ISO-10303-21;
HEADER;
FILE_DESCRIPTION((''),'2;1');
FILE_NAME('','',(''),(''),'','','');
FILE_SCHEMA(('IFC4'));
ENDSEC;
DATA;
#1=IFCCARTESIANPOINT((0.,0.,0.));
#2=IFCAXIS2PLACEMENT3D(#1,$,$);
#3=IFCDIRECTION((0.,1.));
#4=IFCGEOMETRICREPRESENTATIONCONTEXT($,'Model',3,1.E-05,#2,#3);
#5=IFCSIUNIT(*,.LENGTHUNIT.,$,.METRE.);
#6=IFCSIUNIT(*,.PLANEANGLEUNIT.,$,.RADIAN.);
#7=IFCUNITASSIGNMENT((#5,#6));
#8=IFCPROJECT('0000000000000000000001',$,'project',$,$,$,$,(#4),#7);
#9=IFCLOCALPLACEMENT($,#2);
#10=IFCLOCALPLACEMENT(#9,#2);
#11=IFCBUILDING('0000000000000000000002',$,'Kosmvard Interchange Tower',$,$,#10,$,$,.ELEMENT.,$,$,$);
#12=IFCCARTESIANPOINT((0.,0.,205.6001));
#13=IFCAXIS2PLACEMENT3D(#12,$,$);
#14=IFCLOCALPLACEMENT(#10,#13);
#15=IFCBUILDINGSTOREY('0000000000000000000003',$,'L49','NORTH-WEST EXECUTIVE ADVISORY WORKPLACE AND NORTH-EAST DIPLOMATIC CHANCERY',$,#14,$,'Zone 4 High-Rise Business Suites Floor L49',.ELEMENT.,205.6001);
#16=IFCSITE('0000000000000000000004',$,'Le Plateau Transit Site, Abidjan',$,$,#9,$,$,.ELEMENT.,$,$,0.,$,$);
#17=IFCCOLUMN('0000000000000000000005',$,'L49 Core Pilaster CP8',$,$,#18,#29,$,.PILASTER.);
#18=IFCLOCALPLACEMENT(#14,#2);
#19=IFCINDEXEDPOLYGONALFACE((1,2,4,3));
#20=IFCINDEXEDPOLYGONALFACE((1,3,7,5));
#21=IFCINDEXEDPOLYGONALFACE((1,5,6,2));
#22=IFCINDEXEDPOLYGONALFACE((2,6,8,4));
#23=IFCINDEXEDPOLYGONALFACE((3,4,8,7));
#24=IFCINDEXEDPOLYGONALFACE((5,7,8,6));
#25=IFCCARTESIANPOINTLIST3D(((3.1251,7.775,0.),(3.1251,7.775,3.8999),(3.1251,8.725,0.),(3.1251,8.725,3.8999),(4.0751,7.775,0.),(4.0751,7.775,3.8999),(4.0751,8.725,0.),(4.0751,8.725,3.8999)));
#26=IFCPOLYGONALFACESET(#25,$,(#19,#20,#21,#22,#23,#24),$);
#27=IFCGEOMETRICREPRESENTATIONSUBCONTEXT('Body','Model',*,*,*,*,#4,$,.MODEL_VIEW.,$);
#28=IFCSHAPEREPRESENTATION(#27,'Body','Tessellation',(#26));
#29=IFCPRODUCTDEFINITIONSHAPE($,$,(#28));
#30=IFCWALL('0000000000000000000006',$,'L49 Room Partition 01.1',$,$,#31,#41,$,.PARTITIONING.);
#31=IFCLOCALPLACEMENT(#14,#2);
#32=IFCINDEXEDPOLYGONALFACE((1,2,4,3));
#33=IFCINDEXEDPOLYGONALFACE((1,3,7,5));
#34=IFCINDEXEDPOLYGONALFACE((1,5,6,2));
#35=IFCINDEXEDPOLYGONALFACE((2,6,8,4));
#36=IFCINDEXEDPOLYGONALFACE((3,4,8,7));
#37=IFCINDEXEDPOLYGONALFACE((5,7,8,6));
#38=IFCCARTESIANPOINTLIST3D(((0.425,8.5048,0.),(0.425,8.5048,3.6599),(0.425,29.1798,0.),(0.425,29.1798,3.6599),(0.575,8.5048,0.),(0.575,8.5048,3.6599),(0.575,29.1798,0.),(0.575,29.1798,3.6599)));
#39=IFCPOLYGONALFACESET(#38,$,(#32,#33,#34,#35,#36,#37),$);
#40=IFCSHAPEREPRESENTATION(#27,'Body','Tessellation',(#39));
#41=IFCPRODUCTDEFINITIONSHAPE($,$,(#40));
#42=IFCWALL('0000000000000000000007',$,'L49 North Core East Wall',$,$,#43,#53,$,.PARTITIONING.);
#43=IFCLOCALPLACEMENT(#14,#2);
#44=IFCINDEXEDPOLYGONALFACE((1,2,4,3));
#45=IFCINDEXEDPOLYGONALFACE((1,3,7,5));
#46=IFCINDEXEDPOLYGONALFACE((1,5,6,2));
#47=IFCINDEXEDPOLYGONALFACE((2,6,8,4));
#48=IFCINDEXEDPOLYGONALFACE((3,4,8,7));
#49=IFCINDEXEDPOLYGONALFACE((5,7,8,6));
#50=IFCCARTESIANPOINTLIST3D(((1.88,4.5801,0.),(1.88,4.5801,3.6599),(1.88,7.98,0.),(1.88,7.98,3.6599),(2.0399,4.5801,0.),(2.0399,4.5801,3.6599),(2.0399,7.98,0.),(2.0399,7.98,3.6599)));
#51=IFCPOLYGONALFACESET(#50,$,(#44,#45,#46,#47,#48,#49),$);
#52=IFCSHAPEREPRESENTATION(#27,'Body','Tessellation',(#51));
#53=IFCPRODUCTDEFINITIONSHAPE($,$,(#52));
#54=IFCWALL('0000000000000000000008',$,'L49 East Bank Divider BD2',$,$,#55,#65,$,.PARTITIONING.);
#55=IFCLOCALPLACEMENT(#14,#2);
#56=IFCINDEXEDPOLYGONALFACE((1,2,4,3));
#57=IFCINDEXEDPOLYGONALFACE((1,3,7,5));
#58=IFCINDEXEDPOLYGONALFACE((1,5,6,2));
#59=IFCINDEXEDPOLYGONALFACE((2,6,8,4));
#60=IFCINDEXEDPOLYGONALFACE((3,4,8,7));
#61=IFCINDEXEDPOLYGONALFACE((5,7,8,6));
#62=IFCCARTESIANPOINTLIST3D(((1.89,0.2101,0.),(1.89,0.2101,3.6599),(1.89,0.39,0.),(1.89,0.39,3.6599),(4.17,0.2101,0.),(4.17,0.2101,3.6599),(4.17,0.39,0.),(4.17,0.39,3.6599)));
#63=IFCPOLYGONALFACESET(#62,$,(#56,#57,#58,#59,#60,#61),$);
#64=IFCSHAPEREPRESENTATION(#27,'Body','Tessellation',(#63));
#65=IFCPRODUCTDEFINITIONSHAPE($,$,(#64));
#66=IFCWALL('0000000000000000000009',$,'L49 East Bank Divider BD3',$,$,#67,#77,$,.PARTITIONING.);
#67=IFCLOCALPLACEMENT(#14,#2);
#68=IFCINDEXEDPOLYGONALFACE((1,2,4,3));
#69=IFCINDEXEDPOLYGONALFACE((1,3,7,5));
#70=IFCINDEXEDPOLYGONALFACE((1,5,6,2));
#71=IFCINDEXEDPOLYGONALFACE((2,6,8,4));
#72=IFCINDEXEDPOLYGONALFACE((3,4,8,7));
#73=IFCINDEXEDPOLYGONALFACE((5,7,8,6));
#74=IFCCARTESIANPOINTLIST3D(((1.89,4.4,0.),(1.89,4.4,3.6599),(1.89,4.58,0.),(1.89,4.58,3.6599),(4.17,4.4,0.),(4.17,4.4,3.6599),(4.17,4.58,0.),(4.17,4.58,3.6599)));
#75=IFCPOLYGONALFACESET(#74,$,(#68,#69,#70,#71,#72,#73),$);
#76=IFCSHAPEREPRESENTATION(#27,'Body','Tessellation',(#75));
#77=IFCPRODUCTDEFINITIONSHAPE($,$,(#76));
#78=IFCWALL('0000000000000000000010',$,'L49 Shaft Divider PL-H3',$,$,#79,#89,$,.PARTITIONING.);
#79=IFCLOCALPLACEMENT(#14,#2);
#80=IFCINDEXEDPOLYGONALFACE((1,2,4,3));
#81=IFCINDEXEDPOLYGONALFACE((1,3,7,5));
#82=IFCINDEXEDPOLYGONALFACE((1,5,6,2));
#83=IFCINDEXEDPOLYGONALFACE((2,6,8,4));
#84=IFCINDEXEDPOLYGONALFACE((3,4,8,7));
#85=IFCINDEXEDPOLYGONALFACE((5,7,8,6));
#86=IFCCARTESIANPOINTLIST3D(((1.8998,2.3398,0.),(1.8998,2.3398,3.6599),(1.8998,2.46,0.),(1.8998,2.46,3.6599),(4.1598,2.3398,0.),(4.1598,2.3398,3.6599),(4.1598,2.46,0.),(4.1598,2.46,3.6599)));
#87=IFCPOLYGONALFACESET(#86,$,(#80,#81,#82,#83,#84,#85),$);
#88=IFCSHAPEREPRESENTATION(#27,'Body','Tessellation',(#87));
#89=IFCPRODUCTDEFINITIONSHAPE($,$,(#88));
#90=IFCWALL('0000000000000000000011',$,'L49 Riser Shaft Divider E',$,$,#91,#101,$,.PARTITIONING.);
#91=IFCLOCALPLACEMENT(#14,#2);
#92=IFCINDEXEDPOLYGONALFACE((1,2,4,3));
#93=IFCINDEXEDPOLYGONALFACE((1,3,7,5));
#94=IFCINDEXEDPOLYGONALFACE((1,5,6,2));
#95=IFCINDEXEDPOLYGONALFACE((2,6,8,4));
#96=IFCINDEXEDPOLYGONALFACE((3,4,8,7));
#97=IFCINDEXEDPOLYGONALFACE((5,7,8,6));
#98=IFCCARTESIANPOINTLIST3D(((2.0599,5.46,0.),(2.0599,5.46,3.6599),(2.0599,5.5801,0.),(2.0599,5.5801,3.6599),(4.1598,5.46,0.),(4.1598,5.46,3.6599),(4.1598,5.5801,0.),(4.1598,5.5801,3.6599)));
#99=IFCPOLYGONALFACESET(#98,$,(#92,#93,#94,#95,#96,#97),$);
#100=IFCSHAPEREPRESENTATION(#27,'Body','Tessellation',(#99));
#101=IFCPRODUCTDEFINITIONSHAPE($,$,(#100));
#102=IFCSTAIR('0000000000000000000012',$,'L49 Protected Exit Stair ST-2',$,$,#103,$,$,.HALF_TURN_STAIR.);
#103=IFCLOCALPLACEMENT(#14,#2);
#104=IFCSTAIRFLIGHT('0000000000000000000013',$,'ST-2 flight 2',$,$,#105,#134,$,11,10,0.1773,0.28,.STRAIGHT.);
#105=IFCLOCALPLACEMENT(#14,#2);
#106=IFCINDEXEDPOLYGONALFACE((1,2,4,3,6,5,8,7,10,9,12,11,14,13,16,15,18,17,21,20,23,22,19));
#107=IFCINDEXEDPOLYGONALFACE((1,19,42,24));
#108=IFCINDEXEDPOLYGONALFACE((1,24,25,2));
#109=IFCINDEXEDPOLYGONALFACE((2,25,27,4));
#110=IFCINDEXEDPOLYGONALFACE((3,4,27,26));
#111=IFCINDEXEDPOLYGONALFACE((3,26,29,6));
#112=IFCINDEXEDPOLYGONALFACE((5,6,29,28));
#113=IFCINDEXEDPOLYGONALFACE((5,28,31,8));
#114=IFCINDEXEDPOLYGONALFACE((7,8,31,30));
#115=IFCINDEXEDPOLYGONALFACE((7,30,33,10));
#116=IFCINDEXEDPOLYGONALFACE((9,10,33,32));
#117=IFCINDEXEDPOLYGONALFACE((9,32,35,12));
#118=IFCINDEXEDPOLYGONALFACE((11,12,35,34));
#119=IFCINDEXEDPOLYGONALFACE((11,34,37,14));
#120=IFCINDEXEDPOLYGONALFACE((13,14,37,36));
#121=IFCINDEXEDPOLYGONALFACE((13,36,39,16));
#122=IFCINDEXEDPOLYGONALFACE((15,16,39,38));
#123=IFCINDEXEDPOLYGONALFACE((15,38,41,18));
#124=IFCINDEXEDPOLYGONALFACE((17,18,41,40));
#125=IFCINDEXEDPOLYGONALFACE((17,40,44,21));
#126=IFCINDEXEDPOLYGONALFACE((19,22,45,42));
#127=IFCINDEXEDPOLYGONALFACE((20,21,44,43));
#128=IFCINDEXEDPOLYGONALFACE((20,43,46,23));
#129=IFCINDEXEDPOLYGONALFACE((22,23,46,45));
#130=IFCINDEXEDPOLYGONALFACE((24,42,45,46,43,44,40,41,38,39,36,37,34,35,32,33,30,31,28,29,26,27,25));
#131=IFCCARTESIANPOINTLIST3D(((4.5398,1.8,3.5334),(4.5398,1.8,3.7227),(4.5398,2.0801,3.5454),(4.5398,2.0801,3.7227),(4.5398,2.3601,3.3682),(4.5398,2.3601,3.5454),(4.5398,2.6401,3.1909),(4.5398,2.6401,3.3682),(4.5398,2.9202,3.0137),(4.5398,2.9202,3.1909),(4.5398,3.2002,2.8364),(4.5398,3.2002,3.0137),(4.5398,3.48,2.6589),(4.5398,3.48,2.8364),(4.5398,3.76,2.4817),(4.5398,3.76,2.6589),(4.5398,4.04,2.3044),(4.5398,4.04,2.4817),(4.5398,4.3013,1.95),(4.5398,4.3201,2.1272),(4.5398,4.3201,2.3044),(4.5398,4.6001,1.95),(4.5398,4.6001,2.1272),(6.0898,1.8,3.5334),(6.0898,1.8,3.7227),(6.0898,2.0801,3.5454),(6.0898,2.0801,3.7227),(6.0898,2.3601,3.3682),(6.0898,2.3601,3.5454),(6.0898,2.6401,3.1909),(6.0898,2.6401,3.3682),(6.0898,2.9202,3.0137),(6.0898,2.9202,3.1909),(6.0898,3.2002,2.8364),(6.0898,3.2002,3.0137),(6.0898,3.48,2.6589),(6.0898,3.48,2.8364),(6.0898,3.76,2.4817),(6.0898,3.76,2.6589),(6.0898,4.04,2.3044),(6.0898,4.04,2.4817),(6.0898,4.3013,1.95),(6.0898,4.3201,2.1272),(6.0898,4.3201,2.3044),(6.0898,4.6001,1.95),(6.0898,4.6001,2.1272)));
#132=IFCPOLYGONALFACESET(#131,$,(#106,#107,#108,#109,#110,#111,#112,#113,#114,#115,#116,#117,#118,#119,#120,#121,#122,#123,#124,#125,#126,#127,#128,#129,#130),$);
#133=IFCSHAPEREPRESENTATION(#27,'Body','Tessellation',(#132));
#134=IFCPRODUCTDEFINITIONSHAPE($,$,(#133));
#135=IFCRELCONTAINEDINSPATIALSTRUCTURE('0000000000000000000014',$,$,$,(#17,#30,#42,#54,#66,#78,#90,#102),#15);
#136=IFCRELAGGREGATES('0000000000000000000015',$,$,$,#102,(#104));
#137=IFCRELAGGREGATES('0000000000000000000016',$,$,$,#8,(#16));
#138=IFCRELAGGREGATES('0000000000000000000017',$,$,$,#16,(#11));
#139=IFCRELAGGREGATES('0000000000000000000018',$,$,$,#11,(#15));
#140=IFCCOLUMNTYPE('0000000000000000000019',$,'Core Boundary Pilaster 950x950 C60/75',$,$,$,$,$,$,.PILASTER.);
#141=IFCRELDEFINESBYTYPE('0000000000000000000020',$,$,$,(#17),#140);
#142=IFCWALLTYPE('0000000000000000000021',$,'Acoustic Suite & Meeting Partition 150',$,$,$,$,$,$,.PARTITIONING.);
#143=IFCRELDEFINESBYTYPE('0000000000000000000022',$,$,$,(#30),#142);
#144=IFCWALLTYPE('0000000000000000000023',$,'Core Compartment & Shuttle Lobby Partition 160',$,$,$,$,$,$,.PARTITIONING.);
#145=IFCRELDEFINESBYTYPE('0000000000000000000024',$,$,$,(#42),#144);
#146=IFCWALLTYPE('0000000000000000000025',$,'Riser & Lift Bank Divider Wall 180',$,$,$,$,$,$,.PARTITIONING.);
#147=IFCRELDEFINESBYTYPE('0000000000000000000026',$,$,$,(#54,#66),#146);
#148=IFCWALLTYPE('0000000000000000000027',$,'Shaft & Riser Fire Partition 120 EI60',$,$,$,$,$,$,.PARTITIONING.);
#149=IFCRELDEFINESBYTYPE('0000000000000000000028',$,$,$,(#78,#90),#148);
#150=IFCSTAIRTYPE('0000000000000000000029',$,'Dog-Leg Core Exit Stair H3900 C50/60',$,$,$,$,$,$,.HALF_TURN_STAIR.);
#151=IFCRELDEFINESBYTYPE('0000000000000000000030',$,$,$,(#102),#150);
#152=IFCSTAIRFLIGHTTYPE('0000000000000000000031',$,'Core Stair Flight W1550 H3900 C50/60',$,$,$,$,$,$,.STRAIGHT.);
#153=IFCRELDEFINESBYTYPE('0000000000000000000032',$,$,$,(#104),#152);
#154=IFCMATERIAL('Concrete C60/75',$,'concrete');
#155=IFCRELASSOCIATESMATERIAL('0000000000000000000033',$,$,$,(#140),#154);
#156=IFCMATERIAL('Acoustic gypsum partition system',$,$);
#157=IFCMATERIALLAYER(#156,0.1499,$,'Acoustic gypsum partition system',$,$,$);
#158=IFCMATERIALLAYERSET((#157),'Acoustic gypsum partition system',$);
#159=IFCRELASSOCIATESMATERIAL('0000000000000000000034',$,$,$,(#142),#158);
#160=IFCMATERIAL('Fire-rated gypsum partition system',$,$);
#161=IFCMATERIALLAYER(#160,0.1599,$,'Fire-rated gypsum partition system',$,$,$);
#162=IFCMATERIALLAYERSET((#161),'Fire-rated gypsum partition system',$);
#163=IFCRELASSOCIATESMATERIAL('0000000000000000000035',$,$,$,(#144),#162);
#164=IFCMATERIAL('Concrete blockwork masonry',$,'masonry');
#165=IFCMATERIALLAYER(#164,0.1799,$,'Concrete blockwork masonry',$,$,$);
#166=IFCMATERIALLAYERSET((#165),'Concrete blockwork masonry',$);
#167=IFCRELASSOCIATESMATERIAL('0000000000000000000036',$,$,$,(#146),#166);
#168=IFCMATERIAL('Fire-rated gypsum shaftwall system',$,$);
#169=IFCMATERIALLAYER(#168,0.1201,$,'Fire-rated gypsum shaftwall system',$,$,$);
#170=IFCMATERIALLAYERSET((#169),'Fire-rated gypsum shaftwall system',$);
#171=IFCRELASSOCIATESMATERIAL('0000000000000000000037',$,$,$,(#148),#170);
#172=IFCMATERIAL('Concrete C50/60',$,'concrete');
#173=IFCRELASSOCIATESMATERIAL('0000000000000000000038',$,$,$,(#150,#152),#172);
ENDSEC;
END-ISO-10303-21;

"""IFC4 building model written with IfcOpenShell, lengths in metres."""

from ifc_helpers import new_model, si_unit, direction, frame, frame_2d, origin, origin_2d, place, context, subcontext, project, spatial, polyline, rectangle, outline, extrude, source, transform, mapped, material, layer, layer_set, material_profile, profile_set, type_object, element, aggregate, save


model = new_model("IFC4")

# Units and contexts
model_context = context("Model", 3, precision=1e-05, world=origin(), true_north=direction((0.0, 1.0)))
body_context = subcontext(model_context, "Body", "Model", "MODEL_VIEW")
ifc_project = project(units=[si_unit("LENGTHUNIT", "METRE"), si_unit("PLANEANGLEUNIT", "RADIAN")], contexts=[model_context])

# Site, building, storey
site_placement = place(None, origin())
site = spatial("IfcSite", under=ifc_project, at=site_placement, Name="Le Plateau Transit Site, Abidjan", CompositionType="ELEMENT", RefElevation=0.0)
building_placement = place(site_placement, origin())
building = spatial("IfcBuilding", under=site, at=building_placement, Name="Kosmvard Interchange Tower", CompositionType="ELEMENT")
storey_placement = place(building_placement, frame((0.0, 0.0, 205.6001)))
storey = spatial("IfcBuildingStorey", under=building, at=storey_placement, Name="L49", Description="NORTH-WEST EXECUTIVE ADVISORY WORKPLACE AND NORTH-EAST DIPLOMATIC CHANCERY", LongName="Zone 4 High-Rise Business Suites Floor L49", CompositionType="ELEMENT", Elevation=205.6001)

# Column
ifc_material_1 = material(Name="Concrete C60/75", Category="concrete")
ifc_material_profile = material_profile(ifc_material_1, rectangle(XDim=0.95, YDim=0.95, at=origin_2d()), Name="CP 950x950")
ifc_profile_set = profile_set([ifc_material_profile], Name="Concrete C60/75")
column_type = type_object("IfcColumnType", Name="Core Boundary Pilaster 950x950 C60/75", PredefinedType="PILASTER", material=ifc_profile_set)
shared_shape_1 = source(origin(), body_context, "Body", "SweptSolid", [
    extrude(rectangle(XDim=0.95, YDim=0.95, at=origin_2d()), origin(), (0.0, 0.0, 1.0), 3.8999),
])
column_placement = place(storey_placement, frame((3.6001, 8.25, 0.0), z_axis=(0.0, 0.0, 1.0), x_axis=(1.0, 0.0, 0.0)))
element("IfcColumn", 1, at=column_placement, inside=storey, type_object=column_type, Name="L49 Core Pilaster CP8", PredefinedType="PILASTER", context=body_context, shape_type="MappedRepresentation", body=[
    mapped(shared_shape_1, transform((0.0, 0.0, 0.0), scale=1.0)),
])

# Walls
ifc_material_2 = material(Name="Acoustic gypsum partition system")
ifc_layer_1 = layer(ifc_material_2, 0.1499, Name="Acoustic gypsum partition system")
ifc_layer_set_1 = layer_set([ifc_layer_1], Name="Acoustic gypsum partition system")
wall_type_1 = type_object("IfcWallType", Name="Acoustic Suite & Meeting Partition 150", PredefinedType="PARTITIONING", material=ifc_layer_set_1)
wall_1_placement = place(storey_placement, frame((0.5, 8.5049, 0.0), z_axis=(0.0, 0.0, 1.0), x_axis=(0.0, 1.0, 0.0)))
element("IfcWall", 2, at=wall_1_placement, inside=storey, type_object=wall_type_1, Name="L49 Room Partition 01.1", PredefinedType="PARTITIONING", context=body_context, shape_type="SweptSolid", body=[
    extrude(rectangle(XDim=20.675, YDim=0.1499, at=frame_2d((10.3374, 0.0))), origin(), (0.0, 0.0, 1.0), 3.6599),
])
ifc_material_3 = material(Name="Fire-rated gypsum partition system")
ifc_layer_2 = layer(ifc_material_3, 0.1599, Name="Fire-rated gypsum partition system")
ifc_layer_set_2 = layer_set([ifc_layer_2], Name="Fire-rated gypsum partition system")
wall_type_2 = type_object("IfcWallType", Name="Core Compartment & Shuttle Lobby Partition 160", PredefinedType="PARTITIONING", material=ifc_layer_set_2)
wall_2_placement = place(storey_placement, frame((1.96, 4.5801, 0.0), z_axis=(0.0, 0.0, 1.0), x_axis=(0.0, 1.0, 0.0)))
element("IfcWall", 3, at=wall_2_placement, inside=storey, type_object=wall_type_2, Name="L49 North Core East Wall", PredefinedType="PARTITIONING", context=body_context, shape_type="SweptSolid", body=[
    extrude(rectangle(XDim=3.3999, YDim=0.1599, at=frame_2d((1.7, 0.0))), origin(), (0.0, 0.0, 1.0), 3.6599),
])
ifc_material_4 = material(Name="Concrete blockwork masonry", Category="masonry")
ifc_layer_3 = layer(ifc_material_4, 0.1799, Name="Concrete blockwork masonry")
ifc_layer_set_3 = layer_set([ifc_layer_3], Name="Concrete blockwork masonry")
wall_type_3 = type_object("IfcWallType", Name="Riser & Lift Bank Divider Wall 180", PredefinedType="PARTITIONING", material=ifc_layer_set_3)
for number, where, z_axis, x_axis, name in (
    (4, (1.8899, 0.3, 0.0), (0.0, 0.0, 1.0), (1.0, 0.0, 0.0), "L49 East Bank Divider BD2"),
    (5, (1.8899, 4.49, 0.0), (0.0, 0.0, 1.0), (1.0, 0.0, 0.0), "L49 East Bank Divider BD3"),
):
    element("IfcWall", number, at=place(storey_placement, frame(where, z_axis=z_axis, x_axis=x_axis)), inside=storey, type_object=wall_type_3, Name=name, PredefinedType="PARTITIONING", context=body_context, shape_type="SweptSolid", body=[
        extrude(rectangle(XDim=2.28, YDim=0.1799, at=frame_2d((1.1401, 0.0))), origin(), (0.0, 0.0, 1.0), 3.6599),
    ])
ifc_material_5 = material(Name="Fire-rated gypsum shaftwall system")
ifc_layer_4 = layer(ifc_material_5, 0.1201, Name="Fire-rated gypsum shaftwall system")
ifc_layer_set_4 = layer_set([ifc_layer_4], Name="Fire-rated gypsum shaftwall system")
wall_type_4 = type_object("IfcWallType", Name="Shaft & Riser Fire Partition 120 EI60", PredefinedType="PARTITIONING", material=ifc_layer_set_4)
wall_3_placement = place(storey_placement, frame((1.8999, 2.3999, 0.0), z_axis=(0.0, 0.0, 1.0), x_axis=(1.0, 0.0, 0.0)))
element("IfcWall", 6, at=wall_3_placement, inside=storey, type_object=wall_type_4, Name="L49 Shaft Divider PL-H3", PredefinedType="PARTITIONING", context=body_context, shape_type="SweptSolid", body=[
    extrude(rectangle(XDim=2.26, YDim=0.1201, at=frame_2d((1.1299, 0.0))), origin(), (0.0, 0.0, 1.0), 3.6599),
])
wall_4_placement = place(storey_placement, frame((2.0601, 5.52, 0.0), z_axis=(0.0, 0.0, 1.0), x_axis=(1.0, 0.0, 0.0)))
element("IfcWall", 7, at=wall_4_placement, inside=storey, type_object=wall_type_4, Name="L49 Riser Shaft Divider E", PredefinedType="PARTITIONING", context=body_context, shape_type="SweptSolid", body=[
    extrude(rectangle(XDim=2.0999, YDim=0.1201, at=frame_2d((1.0498, 0.0))), origin(), (0.0, 0.0, 1.0), 3.6599),
])

# Stair, stair flight
ifc_material_6 = material(Name="Concrete C50/60", Category="concrete")
stair_type = type_object("IfcStairType", Name="Dog-Leg Core Exit Stair H3900 C50/60", PredefinedType="HALF_TURN_STAIR", material=ifc_material_6)
stair_placement = place(storey_placement, origin())
stair = element("IfcStair", 8, at=stair_placement, inside=storey, type_object=stair_type, Name="L49 Protected Exit Stair ST-2", PredefinedType="HALF_TURN_STAIR")
stair_flight_type = type_object("IfcStairFlightType", Name="Core Stair Flight W1550 H3900 C50/60", PredefinedType="STRAIGHT", material=ifc_material_6)
shared_shape_2 = source(origin(), body_context, "Body", "SweptSolid", [
    extrude(outline(polyline([(0.0, 0.0), (0.0, 0.1772), (0.28, 0.1772), (0.28, 0.3545), (0.5601, 0.3545), (0.5601, 0.5317), (0.8401, 0.5317), (0.8401, 0.709), (1.1201, 0.709), (1.1201, 0.8865), (1.3999, 0.8865), (1.3999, 1.0637), (1.6799, 1.0637), (1.6799, 1.241), (1.96, 1.241), (1.96, 1.4182), (2.24, 1.4182), (2.24, 1.5955), (2.52, 1.5955), (2.52, 1.7727), (2.8, 1.7727), (2.8, 1.95), (2.8, 1.5835), (0.2988, 0.0), (0.0, 0.0)])), frame((0.0, 0.7749, 0.0), z_axis=(0.0, -1.0, 0.0), x_axis=(1.0, 0.0, 0.0)), (0.0, 0.0, 1.0), 1.55),
])
stair_flight_placement = place(storey_placement, frame((5.3149, 4.6001, 1.95), z_axis=(0.0, 0.0, 1.0), x_axis=(0.0, -1.0, 0.0)))
stair_flight = element("IfcStairFlight", 9, at=stair_flight_placement, type_object=stair_flight_type, Name="ST-2 flight 2", NumberOfRisers=11, NumberOfTreads=10, PredefinedType="STRAIGHT", RiserHeight=0.1773, TreadLength=0.28, context=body_context, shape_type="MappedRepresentation", body=[
    mapped(shared_shape_2, transform((0.0, 0.0, 0.0), scale=1.0)),
])
aggregate(stair, [stair_flight])

save(model, "model.ifc")
